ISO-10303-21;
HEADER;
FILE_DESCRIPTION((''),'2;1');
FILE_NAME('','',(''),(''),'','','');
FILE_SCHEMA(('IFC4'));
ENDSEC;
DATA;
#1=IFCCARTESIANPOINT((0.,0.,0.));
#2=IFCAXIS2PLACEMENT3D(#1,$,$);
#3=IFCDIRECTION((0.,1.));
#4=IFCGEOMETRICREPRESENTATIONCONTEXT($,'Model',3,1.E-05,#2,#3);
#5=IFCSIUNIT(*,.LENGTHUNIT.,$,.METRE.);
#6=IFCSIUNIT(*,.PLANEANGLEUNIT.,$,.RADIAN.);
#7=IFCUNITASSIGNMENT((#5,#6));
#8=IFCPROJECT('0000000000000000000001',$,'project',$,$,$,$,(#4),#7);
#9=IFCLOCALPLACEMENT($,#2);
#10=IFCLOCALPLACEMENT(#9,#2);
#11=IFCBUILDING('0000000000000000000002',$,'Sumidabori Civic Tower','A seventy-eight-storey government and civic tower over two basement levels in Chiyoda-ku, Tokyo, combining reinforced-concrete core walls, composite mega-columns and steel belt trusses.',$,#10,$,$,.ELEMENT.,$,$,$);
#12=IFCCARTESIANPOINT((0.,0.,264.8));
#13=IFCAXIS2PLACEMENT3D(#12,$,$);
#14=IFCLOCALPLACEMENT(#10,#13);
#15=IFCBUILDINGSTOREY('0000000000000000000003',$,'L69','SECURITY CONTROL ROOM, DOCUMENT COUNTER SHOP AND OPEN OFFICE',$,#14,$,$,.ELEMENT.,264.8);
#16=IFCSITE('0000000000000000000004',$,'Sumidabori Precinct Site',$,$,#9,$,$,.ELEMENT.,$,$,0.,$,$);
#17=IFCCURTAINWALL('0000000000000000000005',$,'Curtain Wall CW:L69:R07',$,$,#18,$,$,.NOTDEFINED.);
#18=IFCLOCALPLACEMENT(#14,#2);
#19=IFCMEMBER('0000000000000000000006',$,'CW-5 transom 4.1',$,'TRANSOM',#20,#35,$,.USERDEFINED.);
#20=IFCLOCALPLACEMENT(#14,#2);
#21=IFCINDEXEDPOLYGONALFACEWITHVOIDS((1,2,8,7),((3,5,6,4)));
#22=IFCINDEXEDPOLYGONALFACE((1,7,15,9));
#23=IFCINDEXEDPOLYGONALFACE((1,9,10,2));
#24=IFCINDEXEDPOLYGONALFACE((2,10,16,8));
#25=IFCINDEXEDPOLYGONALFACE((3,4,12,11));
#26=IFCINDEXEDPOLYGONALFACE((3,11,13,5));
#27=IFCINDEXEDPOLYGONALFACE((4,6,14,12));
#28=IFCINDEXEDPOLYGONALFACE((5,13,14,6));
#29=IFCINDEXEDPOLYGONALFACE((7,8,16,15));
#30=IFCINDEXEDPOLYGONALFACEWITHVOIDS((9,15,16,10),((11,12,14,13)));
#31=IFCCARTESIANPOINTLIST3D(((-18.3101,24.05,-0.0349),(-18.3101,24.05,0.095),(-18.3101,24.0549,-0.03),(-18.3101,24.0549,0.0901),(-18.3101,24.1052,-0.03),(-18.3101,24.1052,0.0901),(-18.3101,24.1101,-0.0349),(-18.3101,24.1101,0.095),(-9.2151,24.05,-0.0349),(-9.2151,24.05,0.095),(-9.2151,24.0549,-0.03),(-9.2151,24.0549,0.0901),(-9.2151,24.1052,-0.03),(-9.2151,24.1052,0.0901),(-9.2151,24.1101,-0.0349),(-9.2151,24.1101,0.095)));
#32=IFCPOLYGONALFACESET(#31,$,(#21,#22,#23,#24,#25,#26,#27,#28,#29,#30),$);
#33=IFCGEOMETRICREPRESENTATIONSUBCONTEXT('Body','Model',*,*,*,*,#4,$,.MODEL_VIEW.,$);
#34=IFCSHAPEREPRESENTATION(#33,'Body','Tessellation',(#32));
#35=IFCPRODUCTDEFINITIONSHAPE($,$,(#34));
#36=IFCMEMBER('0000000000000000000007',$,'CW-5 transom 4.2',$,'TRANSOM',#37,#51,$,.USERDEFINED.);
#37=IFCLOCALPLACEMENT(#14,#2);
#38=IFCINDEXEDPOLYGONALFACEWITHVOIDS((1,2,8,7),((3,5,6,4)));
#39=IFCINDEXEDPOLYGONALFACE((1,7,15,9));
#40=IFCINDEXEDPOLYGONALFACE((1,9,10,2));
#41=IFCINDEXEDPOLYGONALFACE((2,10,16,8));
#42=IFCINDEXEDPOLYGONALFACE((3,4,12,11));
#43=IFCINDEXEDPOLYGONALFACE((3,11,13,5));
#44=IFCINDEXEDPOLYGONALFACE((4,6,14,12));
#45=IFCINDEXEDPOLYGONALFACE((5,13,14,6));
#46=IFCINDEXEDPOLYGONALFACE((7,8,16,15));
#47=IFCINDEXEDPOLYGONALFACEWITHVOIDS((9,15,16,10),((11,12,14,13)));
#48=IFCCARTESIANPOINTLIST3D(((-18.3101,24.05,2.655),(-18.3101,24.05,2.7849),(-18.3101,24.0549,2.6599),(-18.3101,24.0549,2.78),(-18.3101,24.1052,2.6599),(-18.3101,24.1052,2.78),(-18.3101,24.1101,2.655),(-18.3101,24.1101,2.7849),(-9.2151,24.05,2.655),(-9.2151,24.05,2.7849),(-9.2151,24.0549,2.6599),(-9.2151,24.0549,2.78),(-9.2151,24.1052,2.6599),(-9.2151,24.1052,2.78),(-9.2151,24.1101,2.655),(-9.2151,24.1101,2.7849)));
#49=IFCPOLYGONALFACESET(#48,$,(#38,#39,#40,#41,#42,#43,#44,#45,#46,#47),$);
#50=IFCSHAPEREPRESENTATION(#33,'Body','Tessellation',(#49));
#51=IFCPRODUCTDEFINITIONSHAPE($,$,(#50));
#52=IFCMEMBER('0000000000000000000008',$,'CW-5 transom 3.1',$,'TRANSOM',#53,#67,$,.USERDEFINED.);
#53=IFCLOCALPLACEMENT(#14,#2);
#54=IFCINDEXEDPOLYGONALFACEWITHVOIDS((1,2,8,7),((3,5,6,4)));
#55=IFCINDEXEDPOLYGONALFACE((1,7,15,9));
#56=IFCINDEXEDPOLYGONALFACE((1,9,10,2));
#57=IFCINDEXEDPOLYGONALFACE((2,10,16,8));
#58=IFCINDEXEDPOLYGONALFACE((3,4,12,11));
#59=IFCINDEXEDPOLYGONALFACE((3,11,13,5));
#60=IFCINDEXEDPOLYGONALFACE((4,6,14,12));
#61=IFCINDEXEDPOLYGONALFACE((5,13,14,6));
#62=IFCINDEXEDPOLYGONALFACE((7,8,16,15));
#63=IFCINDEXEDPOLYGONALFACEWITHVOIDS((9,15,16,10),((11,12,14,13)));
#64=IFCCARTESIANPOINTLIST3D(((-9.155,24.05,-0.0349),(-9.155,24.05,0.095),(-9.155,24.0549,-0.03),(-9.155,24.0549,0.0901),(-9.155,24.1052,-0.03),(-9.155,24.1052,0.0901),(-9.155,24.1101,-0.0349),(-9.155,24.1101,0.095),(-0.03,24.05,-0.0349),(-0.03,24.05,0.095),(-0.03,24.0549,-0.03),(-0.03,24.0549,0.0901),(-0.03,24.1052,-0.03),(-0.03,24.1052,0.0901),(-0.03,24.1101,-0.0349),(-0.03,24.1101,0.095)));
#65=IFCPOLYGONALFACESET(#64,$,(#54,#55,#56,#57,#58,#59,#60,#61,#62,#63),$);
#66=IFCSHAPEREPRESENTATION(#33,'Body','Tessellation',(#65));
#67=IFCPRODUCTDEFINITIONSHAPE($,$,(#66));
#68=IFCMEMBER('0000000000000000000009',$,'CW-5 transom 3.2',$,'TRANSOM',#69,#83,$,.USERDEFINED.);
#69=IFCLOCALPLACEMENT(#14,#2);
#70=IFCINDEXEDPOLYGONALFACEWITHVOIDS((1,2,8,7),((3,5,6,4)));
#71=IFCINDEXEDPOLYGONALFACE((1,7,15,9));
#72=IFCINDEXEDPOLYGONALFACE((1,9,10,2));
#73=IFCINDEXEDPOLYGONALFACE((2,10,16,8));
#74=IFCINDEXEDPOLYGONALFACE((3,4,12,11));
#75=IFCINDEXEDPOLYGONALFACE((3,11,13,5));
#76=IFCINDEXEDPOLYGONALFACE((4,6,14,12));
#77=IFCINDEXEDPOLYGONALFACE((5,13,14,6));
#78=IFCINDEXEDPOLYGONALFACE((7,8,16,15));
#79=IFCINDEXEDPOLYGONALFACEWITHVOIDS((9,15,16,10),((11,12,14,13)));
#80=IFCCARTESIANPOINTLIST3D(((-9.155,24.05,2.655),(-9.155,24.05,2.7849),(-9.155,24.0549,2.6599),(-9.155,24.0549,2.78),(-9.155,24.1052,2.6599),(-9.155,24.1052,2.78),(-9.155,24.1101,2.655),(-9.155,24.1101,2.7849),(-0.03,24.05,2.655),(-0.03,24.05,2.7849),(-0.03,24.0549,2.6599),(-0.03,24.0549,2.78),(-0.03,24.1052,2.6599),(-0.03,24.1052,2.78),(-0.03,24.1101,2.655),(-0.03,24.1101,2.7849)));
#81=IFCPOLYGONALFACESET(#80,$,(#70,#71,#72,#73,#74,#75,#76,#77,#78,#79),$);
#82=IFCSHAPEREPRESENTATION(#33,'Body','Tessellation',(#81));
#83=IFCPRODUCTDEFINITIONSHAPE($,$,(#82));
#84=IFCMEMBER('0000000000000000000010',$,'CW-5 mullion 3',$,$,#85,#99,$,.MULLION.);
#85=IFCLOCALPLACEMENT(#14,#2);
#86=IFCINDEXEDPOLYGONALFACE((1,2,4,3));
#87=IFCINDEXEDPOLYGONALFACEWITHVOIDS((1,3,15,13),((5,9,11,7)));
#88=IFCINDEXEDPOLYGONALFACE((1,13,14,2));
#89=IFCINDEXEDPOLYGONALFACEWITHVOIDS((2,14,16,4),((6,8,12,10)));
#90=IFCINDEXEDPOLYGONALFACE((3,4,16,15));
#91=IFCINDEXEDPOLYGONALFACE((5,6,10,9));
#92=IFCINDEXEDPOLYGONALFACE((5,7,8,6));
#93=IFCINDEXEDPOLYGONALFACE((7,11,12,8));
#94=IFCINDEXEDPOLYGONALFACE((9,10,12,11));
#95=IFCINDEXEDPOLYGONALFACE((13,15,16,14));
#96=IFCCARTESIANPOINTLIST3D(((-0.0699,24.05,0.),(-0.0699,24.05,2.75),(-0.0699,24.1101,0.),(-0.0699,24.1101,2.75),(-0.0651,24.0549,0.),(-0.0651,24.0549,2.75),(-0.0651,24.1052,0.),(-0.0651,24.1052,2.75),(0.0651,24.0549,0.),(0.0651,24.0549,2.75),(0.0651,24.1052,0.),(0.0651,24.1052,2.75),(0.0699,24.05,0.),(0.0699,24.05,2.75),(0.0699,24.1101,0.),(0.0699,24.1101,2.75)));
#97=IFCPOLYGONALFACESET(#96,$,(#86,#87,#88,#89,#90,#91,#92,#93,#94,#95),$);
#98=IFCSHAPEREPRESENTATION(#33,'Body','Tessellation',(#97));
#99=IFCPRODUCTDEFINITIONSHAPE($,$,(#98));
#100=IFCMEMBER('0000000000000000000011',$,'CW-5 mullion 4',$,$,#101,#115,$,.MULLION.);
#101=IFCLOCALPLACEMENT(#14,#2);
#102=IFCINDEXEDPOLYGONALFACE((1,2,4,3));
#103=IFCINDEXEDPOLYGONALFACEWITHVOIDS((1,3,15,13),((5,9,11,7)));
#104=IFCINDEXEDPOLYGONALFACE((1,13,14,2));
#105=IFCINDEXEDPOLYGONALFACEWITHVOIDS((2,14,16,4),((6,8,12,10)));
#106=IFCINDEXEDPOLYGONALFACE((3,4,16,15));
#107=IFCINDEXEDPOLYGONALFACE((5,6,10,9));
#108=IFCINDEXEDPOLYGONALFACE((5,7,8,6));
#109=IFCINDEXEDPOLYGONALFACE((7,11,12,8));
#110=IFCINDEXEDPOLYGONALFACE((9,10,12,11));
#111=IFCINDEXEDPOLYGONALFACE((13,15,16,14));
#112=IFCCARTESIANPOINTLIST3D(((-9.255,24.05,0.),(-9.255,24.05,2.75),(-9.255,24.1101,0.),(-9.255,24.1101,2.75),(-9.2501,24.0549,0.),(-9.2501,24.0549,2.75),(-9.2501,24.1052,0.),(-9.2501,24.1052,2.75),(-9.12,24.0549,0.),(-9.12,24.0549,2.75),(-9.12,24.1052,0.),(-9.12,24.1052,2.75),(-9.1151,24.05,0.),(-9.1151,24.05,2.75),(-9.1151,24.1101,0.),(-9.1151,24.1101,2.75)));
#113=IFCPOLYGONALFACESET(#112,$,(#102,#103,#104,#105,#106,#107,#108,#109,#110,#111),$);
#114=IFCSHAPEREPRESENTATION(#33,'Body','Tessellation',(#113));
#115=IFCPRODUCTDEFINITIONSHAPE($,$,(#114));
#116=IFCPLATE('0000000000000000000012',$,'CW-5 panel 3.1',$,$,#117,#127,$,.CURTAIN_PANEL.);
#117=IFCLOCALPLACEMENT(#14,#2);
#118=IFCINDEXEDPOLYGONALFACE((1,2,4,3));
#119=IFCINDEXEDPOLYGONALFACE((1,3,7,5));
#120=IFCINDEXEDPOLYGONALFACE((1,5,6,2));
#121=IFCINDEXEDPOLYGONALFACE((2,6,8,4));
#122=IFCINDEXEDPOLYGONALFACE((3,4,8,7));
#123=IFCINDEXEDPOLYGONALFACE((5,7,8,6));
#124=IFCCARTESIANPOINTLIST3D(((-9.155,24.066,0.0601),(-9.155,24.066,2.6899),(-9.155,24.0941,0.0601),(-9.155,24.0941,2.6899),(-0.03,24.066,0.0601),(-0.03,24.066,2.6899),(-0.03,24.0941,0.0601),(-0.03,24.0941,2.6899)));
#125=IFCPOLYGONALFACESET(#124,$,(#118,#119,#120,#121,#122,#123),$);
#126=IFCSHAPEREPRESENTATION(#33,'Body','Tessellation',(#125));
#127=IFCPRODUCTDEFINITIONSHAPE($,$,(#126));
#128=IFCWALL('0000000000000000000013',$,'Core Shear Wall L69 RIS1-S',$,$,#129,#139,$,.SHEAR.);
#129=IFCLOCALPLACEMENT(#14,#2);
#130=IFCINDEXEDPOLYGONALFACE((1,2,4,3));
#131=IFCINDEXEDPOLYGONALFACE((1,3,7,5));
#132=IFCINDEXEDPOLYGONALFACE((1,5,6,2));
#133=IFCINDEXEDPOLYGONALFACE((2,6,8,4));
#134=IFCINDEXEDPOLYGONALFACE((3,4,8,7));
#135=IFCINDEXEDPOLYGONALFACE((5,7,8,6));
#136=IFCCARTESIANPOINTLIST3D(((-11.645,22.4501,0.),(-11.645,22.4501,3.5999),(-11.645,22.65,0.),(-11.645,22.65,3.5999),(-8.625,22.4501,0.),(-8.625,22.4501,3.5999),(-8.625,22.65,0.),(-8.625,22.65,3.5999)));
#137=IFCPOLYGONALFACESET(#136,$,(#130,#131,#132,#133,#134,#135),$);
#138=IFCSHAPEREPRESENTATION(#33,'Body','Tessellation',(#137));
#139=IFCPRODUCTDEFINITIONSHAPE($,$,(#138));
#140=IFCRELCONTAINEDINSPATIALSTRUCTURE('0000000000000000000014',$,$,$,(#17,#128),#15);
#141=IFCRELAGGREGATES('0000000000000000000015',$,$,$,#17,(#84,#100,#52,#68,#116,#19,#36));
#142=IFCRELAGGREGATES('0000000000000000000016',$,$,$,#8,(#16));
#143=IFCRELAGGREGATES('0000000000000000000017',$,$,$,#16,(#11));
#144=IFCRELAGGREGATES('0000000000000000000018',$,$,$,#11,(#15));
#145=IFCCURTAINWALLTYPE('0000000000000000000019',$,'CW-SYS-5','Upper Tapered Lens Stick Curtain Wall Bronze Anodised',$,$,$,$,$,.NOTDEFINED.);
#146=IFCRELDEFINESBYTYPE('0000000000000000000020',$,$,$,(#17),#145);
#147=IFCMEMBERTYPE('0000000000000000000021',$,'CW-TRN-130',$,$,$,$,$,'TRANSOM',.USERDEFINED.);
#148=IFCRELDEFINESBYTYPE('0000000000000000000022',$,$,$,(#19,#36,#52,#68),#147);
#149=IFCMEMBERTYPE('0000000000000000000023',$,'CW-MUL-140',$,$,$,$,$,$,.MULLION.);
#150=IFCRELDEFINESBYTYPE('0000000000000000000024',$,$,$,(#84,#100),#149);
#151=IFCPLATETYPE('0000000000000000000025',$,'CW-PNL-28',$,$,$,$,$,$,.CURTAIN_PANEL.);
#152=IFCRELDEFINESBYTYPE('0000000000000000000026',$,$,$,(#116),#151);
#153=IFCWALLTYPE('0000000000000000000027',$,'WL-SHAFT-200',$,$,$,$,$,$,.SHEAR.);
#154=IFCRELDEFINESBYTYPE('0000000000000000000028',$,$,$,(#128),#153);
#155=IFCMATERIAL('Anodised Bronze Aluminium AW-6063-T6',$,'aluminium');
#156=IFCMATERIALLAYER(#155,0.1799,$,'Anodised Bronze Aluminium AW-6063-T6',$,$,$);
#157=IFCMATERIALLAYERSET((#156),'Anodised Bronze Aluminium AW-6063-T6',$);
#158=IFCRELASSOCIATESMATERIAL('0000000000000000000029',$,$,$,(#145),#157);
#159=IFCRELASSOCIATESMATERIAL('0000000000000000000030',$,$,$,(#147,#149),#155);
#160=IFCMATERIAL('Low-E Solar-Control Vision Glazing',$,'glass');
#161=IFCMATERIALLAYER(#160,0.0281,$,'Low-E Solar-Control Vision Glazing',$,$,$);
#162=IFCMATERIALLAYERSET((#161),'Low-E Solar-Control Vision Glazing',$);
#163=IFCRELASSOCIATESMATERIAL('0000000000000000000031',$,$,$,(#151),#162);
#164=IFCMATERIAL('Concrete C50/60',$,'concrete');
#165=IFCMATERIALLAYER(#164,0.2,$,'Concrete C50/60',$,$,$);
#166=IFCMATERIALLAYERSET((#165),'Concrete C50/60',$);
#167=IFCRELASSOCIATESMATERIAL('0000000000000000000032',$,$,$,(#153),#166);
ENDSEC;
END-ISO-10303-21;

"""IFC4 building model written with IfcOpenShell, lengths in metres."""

from ifc_helpers import new_model, si_unit, direction, frame, frame_2d, origin, origin_2d, place, context, subcontext, project, spatial, rectangle, hollow_rectangle, extrude, source, transform, mapped, material, layer, layer_set, material_profile, profile_set, type_object, element, aggregate, save


model = new_model("IFC4")

# Units and contexts
model_context = context("Model", 3, precision=1e-05, world=origin(), true_north=direction((0.0, 1.0)))
body_context = subcontext(model_context, "Body", "Model", "MODEL_VIEW")
ifc_project = project(units=[si_unit("LENGTHUNIT", "METRE"), si_unit("PLANEANGLEUNIT", "RADIAN")], contexts=[model_context])

# Site, building, storey
site_placement = place(None, origin())
site = spatial("IfcSite", under=ifc_project, at=site_placement, Name="Sumidabori Precinct Site", CompositionType="ELEMENT", RefElevation=0.0)
building_placement = place(site_placement, origin())
building = spatial("IfcBuilding", under=site, at=building_placement, Name="Sumidabori Civic Tower", Description="A seventy-eight-storey government and civic tower over two basement levels in Chiyoda-ku, Tokyo, combining reinforced-concrete core walls, composite mega-columns and steel belt trusses.", CompositionType="ELEMENT")
storey_placement = place(building_placement, frame((0.0, 0.0, 264.8)))
storey = spatial("IfcBuildingStorey", under=building, at=storey_placement, Name="L69", Description="SECURITY CONTROL ROOM, DOCUMENT COUNTER SHOP AND OPEN OFFICE", CompositionType="ELEMENT", Elevation=264.8)

# Curtain wall, members, plate
ifc_material_1 = material(Name="Anodised Bronze Aluminium AW-6063-T6", Category="aluminium")
ifc_layer_1 = layer(ifc_material_1, 0.1799, Name="Anodised Bronze Aluminium AW-6063-T6")
ifc_layer_set_1 = layer_set([ifc_layer_1], Name="Anodised Bronze Aluminium AW-6063-T6")
curtain_wall_type = type_object("IfcCurtainWallType", Name="CW-SYS-5", Description="Upper Tapered Lens Stick Curtain Wall Bronze Anodised", PredefinedType="NOTDEFINED", material=ifc_layer_set_1)
curtain_wall_placement = place(storey_placement, origin())
curtain_wall = element("IfcCurtainWall", 1, at=curtain_wall_placement, inside=storey, type_object=curtain_wall_type, Name="Curtain Wall CW:L69:R07", PredefinedType="NOTDEFINED")
ifc_material_profile_1 = material_profile(ifc_material_1, hollow_rectangle(XDim=0.0601, YDim=0.1299, WallThickness=0.0049, at=origin_2d()), Name="ALU TRANSOM 130x60")
ifc_profile_set_1 = profile_set([ifc_material_profile_1], Name="Anodised Bronze Aluminium AW-6063-T6")
member_type_1 = type_object("IfcMemberType", Name="CW-TRN-130", ElementType="TRANSOM", PredefinedType="USERDEFINED", material=ifc_profile_set_1)
shared_shape_1 = source(origin(), body_context, "Body", "SweptSolid", [
    extrude(hollow_rectangle(XDim=0.0601, YDim=0.1299, WallThickness=0.0049, at=origin_2d()), origin(), (0.0, 0.0, 1.0), 9.095),
])
member_1_placement = place(storey_placement, frame((-9.2151, 24.0801, 0.03), z_axis=(-1.0, 0.0, 0.0), x_axis=(0.0, -1.0, 0.0)))
member_1 = element("IfcMember", 2, at=member_1_placement, type_object=member_type_1, Name="CW-5 transom 4.1", ObjectType="TRANSOM", PredefinedType="USERDEFINED", context=body_context, shape_type="MappedRepresentation", body=[
    mapped(shared_shape_1, transform((0.0, 0.0, 0.0), x_axis=(1.0, 0.0, 0.0), y_axis=(0.0, 1.0, 0.0), z_axis=(0.0, 0.0, 1.0), scale=1.0)),
])
member_2_placement = place(storey_placement, frame((-9.2151, 24.0801, 2.72), z_axis=(-1.0, 0.0, 0.0), x_axis=(0.0, -1.0, 0.0)))
member_2 = element("IfcMember", 3, at=member_2_placement, type_object=member_type_1, Name="CW-5 transom 4.2", ObjectType="TRANSOM", PredefinedType="USERDEFINED", context=body_context, shape_type="MappedRepresentation", body=[
    mapped(shared_shape_1, transform((0.0, 0.0, 0.0), x_axis=(1.0, 0.0, 0.0), y_axis=(0.0, 1.0, 0.0), z_axis=(0.0, 0.0, 1.0), scale=1.0)),
])
shared_shape_2 = source(origin(), body_context, "Body", "SweptSolid", [
    extrude(hollow_rectangle(XDim=0.0601, YDim=0.1299, WallThickness=0.0049, at=origin_2d()), origin(), (0.0, 0.0, 1.0), 9.125),
])
member_3_placement = place(storey_placement, frame((-0.03, 24.0801, 0.03), z_axis=(-1.0, 0.0, 0.0), x_axis=(0.0, -1.0, 0.0)))
member_3 = element("IfcMember", 4, at=member_3_placement, type_object=member_type_1, Name="CW-5 transom 3.1", ObjectType="TRANSOM", PredefinedType="USERDEFINED", context=body_context, shape_type="MappedRepresentation", body=[
    mapped(shared_shape_2, transform((0.0, 0.0, 0.0), x_axis=(1.0, 0.0, 0.0), y_axis=(0.0, 1.0, 0.0), z_axis=(0.0, 0.0, 1.0), scale=1.0)),
])
member_4_placement = place(storey_placement, frame((-0.03, 24.0801, 2.72), z_axis=(-1.0, 0.0, 0.0), x_axis=(0.0, -1.0, 0.0)))
member_4 = element("IfcMember", 5, at=member_4_placement, type_object=member_type_1, Name="CW-5 transom 3.2", ObjectType="TRANSOM", PredefinedType="USERDEFINED", context=body_context, shape_type="MappedRepresentation", body=[
    mapped(shared_shape_2, transform((0.0, 0.0, 0.0), x_axis=(1.0, 0.0, 0.0), y_axis=(0.0, 1.0, 0.0), z_axis=(0.0, 0.0, 1.0), scale=1.0)),
])
ifc_material_profile_2 = material_profile(ifc_material_1, hollow_rectangle(XDim=0.0601, YDim=0.1399, WallThickness=0.0049, at=origin_2d()), Name="ALU MULLION 140x60")
ifc_profile_set_2 = profile_set([ifc_material_profile_2], Name="Anodised Bronze Aluminium AW-6063-T6")
member_type_2 = type_object("IfcMemberType", Name="CW-MUL-140", PredefinedType="MULLION", material=ifc_profile_set_2)
shared_shape_3 = source(origin(), body_context, "Body", "SweptSolid", [
    extrude(hollow_rectangle(XDim=0.0601, YDim=0.1399, WallThickness=0.0049, at=origin_2d()), origin(), (0.0, 0.0, 1.0), 2.75),
])
member_5_placement = place(storey_placement, frame((0.0, 24.0801, 0.0), z_axis=(0.0, 0.0, 1.0), x_axis=(0.0, -1.0, 0.0)))
member_5 = element("IfcMember", 6, at=member_5_placement, type_object=member_type_2, Name="CW-5 mullion 3", PredefinedType="MULLION", context=body_context, shape_type="MappedRepresentation", body=[
    mapped(shared_shape_3, transform((0.0, 0.0, 0.0), x_axis=(1.0, 0.0, 0.0), y_axis=(0.0, 1.0, 0.0), z_axis=(0.0, 0.0, 1.0), scale=1.0)),
])
member_6_placement = place(storey_placement, frame((-9.1851, 24.0801, 0.0), z_axis=(0.0, 0.0, 1.0), x_axis=(0.0, -1.0, 0.0)))
member_6 = element("IfcMember", 7, at=member_6_placement, type_object=member_type_2, Name="CW-5 mullion 4", PredefinedType="MULLION", context=body_context, shape_type="MappedRepresentation", body=[
    mapped(shared_shape_3, transform((0.0, 0.0, 0.0), x_axis=(1.0, 0.0, 0.0), y_axis=(0.0, 1.0, 0.0), z_axis=(0.0, 0.0, 1.0), scale=1.0)),
])
ifc_material_2 = material(Name="Low-E Solar-Control Vision Glazing", Category="glass")
ifc_layer_2 = layer(ifc_material_2, 0.0281, Name="Low-E Solar-Control Vision Glazing")
ifc_layer_set_2 = layer_set([ifc_layer_2], Name="Low-E Solar-Control Vision Glazing")
plate_type = type_object("IfcPlateType", Name="CW-PNL-28", PredefinedType="CURTAIN_PANEL", material=ifc_layer_set_2)
shared_shape_4 = source(origin(), body_context, "Body", "SweptSolid", [
    extrude(rectangle(XDim=9.125, YDim=0.0281, at=origin_2d()), origin(), (0.0, 0.0, 1.0), 2.6299),
])
plate_placement = place(storey_placement, frame((-4.5925, 24.0801, 0.0601), z_axis=(0.0, 0.0, 1.0), x_axis=(-1.0, 0.0, 0.0)))
plate = element("IfcPlate", 8, at=plate_placement, type_object=plate_type, Name="CW-5 panel 3.1", PredefinedType="CURTAIN_PANEL", context=body_context, shape_type="MappedRepresentation", body=[
    mapped(shared_shape_4, transform((0.0, 0.0, 0.0), x_axis=(1.0, 0.0, 0.0), y_axis=(0.0, 1.0, 0.0), z_axis=(0.0, 0.0, 1.0), scale=1.0)),
])
aggregate(curtain_wall, [member_5, member_6, member_3, member_4, plate, member_1, member_2])

# Wall
ifc_material_3 = material(Name="Concrete C50/60", Category="concrete")
ifc_layer_3 = layer(ifc_material_3, 0.2, Name="Concrete C50/60")
ifc_layer_set_3 = layer_set([ifc_layer_3], Name="Concrete C50/60")
wall_type_1 = type_object("IfcWallType", Name="WL-SHAFT-200", PredefinedType="SHEAR", material=ifc_layer_set_3)
shared_shape_5 = source(origin(), body_context, "Body", "SweptSolid", [
    extrude(rectangle(XDim=3.02, YDim=0.2, at=frame_2d((1.51, 0.0))), origin(), (0.0, 0.0, 1.0), 3.5999),
])
wall_1_placement = place(storey_placement, frame((-11.645, 22.55, 0.0), z_axis=(0.0, 0.0, 1.0), x_axis=(1.0, 0.0, 0.0)))
element("IfcWall", 9, at=wall_1_placement, inside=storey, type_object=wall_type_1, Name="Core Shear Wall L69 RIS1-S", PredefinedType="SHEAR", context=body_context, shape_type="MappedRepresentation", body=[
    mapped(shared_shape_5, transform((0.0, 0.0, 0.0), x_axis=(1.0, 0.0, 0.0), y_axis=(0.0, 1.0, 0.0), z_axis=(0.0, 0.0, 1.0), scale=1.0)),
])

save(model, "model.ifc")
